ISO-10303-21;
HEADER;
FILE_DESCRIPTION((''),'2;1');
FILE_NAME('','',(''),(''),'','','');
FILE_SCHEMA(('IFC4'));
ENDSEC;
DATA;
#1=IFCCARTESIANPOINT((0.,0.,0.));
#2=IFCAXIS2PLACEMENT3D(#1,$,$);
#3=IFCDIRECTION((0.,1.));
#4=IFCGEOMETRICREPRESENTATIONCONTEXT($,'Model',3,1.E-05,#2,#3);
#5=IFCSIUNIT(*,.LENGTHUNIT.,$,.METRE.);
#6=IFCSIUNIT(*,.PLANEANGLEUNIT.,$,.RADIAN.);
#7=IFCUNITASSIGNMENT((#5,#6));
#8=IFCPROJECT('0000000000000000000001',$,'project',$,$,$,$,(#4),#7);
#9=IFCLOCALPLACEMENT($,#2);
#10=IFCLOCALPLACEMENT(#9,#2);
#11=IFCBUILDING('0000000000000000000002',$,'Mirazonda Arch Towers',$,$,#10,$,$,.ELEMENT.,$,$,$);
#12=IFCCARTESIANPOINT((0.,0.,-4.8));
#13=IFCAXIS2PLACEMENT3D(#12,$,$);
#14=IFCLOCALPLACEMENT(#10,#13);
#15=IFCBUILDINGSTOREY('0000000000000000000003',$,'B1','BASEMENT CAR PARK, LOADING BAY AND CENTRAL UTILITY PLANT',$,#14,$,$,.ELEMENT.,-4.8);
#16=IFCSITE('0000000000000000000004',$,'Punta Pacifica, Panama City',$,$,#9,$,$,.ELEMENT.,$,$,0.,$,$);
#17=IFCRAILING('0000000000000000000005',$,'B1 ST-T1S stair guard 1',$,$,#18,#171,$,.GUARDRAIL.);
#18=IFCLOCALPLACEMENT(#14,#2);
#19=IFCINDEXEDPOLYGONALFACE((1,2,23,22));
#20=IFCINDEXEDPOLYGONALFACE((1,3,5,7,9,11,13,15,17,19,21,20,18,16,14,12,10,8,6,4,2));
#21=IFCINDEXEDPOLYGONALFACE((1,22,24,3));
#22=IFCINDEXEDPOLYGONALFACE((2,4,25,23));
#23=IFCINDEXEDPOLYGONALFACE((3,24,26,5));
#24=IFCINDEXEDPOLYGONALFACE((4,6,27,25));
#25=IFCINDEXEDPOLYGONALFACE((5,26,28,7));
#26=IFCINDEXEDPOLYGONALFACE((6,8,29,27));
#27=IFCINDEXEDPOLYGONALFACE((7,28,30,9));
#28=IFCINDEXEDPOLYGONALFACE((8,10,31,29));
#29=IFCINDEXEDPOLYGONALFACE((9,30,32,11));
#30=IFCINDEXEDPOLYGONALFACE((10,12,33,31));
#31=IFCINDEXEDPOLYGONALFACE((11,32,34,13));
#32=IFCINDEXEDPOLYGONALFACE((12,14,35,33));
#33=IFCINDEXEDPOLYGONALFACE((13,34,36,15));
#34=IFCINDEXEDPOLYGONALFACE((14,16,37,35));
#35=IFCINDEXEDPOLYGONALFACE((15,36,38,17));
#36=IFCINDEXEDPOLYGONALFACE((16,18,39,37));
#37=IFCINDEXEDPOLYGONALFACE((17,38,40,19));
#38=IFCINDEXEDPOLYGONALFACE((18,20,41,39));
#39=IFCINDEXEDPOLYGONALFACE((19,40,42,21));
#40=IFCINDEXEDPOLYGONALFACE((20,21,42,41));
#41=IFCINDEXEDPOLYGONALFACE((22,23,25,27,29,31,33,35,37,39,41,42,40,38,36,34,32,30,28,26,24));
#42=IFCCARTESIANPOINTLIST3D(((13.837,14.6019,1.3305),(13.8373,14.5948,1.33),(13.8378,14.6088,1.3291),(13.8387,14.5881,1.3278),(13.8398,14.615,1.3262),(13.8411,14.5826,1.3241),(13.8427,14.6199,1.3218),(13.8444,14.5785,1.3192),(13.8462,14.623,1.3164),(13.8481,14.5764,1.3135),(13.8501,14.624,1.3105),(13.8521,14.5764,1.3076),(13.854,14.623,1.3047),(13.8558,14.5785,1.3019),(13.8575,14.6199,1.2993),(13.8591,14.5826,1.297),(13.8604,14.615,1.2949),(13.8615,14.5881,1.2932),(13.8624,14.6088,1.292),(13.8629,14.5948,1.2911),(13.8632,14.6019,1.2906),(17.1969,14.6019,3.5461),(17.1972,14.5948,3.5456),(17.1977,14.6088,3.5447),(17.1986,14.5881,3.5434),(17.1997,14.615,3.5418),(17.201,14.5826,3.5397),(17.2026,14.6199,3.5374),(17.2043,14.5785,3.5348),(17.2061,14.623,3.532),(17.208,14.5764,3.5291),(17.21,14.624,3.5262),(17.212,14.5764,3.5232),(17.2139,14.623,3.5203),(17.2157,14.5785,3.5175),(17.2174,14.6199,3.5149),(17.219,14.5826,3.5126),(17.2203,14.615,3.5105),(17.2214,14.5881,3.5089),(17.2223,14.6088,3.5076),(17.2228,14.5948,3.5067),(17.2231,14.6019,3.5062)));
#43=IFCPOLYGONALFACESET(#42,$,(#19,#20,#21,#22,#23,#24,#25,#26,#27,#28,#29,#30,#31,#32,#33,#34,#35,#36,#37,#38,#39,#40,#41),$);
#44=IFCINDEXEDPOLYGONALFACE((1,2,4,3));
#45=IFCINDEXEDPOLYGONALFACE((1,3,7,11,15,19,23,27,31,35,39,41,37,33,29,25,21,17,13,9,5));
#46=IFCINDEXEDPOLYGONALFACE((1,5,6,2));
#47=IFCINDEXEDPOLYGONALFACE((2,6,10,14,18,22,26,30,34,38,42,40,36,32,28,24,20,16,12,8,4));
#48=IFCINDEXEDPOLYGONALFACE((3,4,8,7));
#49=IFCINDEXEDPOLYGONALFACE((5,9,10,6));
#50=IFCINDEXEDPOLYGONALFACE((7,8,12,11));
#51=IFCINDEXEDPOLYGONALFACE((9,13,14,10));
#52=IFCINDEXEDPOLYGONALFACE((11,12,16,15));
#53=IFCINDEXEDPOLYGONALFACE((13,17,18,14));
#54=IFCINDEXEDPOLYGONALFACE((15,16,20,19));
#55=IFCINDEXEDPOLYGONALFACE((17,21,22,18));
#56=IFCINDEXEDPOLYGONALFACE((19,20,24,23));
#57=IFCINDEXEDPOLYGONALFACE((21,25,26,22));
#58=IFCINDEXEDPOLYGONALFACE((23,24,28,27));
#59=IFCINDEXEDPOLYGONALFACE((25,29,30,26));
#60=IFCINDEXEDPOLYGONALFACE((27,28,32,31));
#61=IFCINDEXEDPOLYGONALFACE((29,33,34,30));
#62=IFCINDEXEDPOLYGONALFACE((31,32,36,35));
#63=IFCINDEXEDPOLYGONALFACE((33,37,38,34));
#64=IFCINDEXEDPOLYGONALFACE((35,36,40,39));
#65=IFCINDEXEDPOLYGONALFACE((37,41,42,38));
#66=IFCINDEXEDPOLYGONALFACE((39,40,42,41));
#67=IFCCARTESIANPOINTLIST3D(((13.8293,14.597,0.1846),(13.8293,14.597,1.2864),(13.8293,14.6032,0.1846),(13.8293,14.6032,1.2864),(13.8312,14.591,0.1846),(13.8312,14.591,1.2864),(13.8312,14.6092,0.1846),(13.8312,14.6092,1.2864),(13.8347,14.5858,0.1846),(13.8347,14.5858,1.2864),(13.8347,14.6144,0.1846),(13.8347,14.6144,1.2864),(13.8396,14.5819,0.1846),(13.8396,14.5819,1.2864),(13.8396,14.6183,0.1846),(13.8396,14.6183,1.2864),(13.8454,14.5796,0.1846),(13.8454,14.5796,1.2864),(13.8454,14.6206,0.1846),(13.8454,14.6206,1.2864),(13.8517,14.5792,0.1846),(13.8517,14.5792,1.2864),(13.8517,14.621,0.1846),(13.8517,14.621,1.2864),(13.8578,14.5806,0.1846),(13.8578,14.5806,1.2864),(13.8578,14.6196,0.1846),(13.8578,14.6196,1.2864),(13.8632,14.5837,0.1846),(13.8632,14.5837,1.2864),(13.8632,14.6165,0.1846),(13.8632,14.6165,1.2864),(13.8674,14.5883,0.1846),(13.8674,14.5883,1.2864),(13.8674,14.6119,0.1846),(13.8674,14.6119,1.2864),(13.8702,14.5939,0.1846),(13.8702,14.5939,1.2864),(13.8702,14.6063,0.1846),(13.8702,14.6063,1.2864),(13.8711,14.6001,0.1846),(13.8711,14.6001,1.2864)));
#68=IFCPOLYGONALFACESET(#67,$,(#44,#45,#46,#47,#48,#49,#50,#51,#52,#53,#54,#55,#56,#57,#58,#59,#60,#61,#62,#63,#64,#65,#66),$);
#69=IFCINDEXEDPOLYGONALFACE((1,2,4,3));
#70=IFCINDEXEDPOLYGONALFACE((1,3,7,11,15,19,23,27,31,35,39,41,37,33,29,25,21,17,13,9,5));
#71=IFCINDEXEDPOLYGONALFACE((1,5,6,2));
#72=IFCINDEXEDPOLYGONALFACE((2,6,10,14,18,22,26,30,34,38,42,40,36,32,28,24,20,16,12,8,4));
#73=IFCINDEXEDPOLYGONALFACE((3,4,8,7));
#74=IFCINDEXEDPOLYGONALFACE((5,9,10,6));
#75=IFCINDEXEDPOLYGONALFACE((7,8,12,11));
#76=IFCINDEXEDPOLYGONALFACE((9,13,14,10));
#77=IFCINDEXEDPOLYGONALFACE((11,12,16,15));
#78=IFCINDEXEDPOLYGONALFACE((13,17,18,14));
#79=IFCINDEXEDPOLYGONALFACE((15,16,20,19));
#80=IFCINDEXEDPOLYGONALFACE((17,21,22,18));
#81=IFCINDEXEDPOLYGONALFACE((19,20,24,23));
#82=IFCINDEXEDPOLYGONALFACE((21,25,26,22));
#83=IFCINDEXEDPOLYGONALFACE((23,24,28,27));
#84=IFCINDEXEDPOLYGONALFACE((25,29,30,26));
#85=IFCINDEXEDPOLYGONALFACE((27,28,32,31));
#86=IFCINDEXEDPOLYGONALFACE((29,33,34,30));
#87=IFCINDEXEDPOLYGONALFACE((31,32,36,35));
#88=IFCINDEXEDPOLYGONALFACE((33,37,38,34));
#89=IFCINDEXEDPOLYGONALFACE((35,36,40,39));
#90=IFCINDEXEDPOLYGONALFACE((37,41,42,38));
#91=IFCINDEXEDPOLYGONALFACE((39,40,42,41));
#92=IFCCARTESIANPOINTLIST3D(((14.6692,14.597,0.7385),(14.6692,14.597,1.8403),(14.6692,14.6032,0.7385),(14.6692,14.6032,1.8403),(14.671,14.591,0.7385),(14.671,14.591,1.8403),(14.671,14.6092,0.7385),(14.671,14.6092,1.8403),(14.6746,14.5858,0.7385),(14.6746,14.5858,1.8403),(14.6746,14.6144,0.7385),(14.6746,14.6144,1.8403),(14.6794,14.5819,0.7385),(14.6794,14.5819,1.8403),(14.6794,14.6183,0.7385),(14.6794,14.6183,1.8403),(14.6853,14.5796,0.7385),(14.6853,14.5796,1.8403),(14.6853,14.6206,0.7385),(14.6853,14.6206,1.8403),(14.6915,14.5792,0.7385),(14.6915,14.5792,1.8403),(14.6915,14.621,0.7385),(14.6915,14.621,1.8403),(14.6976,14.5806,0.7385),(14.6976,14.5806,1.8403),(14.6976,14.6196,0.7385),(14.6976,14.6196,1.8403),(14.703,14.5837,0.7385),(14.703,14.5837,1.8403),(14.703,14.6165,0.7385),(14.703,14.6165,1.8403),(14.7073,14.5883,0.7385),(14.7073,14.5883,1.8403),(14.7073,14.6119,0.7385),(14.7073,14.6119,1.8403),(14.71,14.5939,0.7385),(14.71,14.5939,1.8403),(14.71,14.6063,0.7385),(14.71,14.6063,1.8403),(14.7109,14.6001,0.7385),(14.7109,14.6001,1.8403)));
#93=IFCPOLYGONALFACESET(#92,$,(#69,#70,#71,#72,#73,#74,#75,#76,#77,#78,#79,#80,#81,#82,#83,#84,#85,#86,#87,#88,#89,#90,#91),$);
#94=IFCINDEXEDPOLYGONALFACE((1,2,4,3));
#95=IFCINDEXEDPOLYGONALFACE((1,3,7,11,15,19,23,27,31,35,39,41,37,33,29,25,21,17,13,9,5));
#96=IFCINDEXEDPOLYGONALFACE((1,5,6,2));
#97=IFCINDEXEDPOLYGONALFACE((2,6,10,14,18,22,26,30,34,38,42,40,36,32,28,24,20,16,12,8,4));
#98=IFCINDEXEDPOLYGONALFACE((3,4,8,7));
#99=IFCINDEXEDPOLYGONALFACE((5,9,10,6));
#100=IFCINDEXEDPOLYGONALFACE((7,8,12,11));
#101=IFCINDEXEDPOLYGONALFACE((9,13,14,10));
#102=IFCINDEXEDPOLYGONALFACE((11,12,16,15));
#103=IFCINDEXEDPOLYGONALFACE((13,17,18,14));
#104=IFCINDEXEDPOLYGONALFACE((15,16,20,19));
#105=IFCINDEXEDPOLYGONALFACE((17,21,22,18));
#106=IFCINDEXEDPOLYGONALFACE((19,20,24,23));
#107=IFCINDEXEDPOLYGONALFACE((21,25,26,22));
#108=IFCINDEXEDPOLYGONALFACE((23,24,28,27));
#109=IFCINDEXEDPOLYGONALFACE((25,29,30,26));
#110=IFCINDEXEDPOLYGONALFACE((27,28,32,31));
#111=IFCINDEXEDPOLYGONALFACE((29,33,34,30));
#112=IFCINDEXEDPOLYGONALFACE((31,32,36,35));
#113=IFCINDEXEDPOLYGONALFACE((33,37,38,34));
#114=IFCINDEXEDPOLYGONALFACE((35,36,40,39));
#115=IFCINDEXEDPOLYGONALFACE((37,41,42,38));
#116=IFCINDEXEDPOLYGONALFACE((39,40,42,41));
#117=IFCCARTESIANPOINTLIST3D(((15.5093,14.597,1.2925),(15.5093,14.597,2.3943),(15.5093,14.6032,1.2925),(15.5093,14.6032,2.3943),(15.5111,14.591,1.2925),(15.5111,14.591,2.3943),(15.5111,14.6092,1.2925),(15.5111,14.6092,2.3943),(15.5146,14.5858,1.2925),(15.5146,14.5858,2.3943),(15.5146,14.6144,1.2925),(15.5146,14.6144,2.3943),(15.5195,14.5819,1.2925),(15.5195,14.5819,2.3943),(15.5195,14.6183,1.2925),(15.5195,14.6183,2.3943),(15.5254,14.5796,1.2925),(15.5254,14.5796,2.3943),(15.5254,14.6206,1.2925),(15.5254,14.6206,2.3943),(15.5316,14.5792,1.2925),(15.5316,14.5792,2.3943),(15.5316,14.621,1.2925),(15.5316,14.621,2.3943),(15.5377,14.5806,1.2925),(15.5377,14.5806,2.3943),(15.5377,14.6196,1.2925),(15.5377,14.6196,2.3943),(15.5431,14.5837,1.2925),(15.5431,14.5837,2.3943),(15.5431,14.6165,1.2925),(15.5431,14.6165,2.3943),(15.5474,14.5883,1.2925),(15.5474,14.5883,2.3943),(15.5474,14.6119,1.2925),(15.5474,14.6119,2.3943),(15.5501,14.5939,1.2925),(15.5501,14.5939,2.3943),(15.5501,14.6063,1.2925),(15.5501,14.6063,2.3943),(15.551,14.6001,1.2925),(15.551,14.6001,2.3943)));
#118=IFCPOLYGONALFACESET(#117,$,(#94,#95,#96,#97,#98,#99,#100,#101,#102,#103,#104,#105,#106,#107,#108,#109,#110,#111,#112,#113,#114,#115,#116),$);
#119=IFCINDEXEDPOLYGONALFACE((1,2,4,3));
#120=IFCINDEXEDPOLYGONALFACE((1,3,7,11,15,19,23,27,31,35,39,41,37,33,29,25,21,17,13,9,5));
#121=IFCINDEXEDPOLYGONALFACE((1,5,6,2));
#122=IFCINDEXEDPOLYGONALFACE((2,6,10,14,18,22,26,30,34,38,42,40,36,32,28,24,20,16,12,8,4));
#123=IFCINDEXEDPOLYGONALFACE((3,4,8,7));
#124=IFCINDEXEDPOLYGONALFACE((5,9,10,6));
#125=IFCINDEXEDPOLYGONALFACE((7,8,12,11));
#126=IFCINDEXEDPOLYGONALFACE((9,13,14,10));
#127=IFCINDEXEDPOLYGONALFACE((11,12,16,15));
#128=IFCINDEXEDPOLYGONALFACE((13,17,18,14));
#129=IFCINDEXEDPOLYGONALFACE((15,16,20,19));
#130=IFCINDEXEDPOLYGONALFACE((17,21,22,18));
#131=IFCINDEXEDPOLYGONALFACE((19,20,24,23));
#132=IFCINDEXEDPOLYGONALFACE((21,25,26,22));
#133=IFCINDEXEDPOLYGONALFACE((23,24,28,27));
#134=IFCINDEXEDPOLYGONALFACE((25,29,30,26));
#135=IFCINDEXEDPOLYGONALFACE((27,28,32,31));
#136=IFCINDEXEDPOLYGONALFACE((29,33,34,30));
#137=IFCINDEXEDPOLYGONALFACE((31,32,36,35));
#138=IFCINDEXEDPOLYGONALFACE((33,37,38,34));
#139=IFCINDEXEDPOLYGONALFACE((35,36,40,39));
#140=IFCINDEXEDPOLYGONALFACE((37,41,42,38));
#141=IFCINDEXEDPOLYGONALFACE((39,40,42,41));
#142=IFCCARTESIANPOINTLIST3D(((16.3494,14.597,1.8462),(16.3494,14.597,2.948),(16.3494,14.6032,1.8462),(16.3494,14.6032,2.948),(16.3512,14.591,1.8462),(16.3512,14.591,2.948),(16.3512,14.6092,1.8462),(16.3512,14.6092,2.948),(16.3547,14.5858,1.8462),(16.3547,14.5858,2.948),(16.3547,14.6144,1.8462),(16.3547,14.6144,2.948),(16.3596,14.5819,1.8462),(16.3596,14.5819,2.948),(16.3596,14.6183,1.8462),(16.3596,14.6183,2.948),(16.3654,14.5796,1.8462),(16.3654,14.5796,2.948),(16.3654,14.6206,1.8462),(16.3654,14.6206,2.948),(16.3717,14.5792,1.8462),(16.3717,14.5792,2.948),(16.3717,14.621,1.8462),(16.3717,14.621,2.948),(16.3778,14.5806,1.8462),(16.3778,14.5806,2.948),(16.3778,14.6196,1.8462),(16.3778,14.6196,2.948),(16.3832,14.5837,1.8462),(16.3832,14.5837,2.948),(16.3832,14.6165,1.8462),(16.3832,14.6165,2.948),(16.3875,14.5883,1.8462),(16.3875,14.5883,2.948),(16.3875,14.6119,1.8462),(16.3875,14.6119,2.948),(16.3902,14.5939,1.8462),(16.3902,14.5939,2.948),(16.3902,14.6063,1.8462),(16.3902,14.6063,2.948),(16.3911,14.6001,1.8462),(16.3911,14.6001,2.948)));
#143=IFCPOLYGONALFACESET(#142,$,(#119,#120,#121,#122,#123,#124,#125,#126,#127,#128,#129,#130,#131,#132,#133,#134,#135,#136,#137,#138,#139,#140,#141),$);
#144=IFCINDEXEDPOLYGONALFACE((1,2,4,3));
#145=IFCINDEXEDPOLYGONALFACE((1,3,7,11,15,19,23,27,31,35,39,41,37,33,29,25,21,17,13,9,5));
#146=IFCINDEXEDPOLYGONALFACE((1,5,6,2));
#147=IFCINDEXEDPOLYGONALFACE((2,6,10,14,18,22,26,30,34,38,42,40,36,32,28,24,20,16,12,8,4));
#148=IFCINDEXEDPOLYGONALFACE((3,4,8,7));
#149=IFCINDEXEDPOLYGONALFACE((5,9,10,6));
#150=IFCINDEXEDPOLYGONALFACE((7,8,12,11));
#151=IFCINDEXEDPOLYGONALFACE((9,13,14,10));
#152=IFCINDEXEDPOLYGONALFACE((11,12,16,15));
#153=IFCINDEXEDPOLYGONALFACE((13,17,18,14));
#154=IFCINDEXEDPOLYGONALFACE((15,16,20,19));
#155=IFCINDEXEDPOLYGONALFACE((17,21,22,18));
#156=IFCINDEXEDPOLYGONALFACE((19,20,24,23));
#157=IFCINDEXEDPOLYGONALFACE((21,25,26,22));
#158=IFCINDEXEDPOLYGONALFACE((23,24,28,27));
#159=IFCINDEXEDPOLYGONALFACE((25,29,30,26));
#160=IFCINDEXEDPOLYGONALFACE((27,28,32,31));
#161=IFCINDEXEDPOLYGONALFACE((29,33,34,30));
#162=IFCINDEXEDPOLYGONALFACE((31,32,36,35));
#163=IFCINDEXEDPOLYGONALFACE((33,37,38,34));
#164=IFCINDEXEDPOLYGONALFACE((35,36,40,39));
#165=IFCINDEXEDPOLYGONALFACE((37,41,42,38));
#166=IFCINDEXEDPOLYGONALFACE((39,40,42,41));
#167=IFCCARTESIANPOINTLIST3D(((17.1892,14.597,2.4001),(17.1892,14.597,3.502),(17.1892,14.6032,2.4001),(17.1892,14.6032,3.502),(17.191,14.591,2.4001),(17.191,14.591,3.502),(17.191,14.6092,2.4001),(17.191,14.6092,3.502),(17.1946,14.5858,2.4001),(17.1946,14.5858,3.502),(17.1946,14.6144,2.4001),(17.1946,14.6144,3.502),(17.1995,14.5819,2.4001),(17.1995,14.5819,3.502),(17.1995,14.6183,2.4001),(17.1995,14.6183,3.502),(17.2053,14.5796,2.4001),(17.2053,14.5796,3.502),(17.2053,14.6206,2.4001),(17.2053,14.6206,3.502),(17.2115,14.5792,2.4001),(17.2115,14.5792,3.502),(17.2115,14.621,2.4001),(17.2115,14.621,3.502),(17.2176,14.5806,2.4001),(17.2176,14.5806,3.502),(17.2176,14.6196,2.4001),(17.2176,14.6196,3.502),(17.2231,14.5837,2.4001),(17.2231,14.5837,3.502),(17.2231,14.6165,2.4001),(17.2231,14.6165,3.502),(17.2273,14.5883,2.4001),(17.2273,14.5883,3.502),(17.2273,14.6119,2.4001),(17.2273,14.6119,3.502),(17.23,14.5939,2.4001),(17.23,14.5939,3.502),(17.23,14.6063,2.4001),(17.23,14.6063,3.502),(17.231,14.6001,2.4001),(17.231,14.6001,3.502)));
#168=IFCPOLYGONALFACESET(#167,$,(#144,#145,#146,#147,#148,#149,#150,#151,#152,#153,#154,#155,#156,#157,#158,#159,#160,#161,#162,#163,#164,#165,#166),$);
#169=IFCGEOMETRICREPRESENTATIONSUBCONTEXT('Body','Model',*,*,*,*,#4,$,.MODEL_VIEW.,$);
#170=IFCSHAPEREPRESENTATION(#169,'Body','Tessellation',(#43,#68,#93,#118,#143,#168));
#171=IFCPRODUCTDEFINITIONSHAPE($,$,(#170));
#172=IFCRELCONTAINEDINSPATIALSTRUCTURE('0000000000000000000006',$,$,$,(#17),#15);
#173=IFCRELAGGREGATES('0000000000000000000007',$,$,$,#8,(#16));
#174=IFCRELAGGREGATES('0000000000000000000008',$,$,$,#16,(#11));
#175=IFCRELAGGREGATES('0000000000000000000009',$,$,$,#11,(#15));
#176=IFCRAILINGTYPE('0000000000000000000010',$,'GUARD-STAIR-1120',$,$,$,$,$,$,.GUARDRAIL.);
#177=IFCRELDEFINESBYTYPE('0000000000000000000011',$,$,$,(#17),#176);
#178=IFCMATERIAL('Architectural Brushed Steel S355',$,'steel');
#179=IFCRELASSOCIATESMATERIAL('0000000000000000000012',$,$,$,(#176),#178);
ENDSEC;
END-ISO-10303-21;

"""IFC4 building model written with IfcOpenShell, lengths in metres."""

from ifc_helpers import new_model, si_unit, direction, frame, origin, origin_2d, place, context, subcontext, project, spatial, circle, extrude, material, type_object, element, save


model = new_model("IFC4")

# Units and contexts
model_context = context("Model", 3, precision=1e-05, world=origin(), true_north=direction((0.0, 1.0)))
body_context = subcontext(model_context, "Body", "Model", "MODEL_VIEW")
ifc_project = project(units=[si_unit("LENGTHUNIT", "METRE"), si_unit("PLANEANGLEUNIT", "RADIAN")], contexts=[model_context])

# Site, building, storey
site_placement = place(None, origin())
site = spatial("IfcSite", under=ifc_project, at=site_placement, Name="Punta Pacifica, Panama City", CompositionType="ELEMENT", RefElevation=0.0)
building_placement = place(site_placement, origin())
building = spatial("IfcBuilding", under=site, at=building_placement, Name="Mirazonda Arch Towers", CompositionType="ELEMENT")
storey_placement = place(building_placement, frame((0.0, 0.0, -4.8)))
storey = spatial("IfcBuildingStorey", under=building, at=storey_placement, Name="B1", Description="BASEMENT CAR PARK, LOADING BAY AND CENTRAL UTILITY PLANT", CompositionType="ELEMENT", Elevation=-4.8)

# Shared definitions
ifc_material_1 = material(Name="Architectural Brushed Steel S355", Category="steel")

# Railing
railing_type_1 = type_object("IfcRailingType", Name="GUARD-STAIR-1120", PredefinedType="GUARDRAIL", material=ifc_material_1)
railing_1_placement = place(storey_placement, frame((13.8501, 14.6001, 0.1846)))
element("IfcRailing", 1, at=railing_1_placement, inside=storey, type_object=railing_type_1, Name="B1 ST-T1S stair guard 1", PredefinedType="GUARDRAIL", context=body_context, shape_type="SweptSolid", body=[
    extrude(circle(Radius=0.0239, at=origin_2d()), frame((0.0, 0.0, 1.126), z_axis=(0.83483, 0.0, 0.550508), x_axis=(0.0, 1.0, 0.0)), (0.0, 0.0, 1.0), 4.0247),
    extrude(circle(Radius=0.021, at=origin_2d()), origin(), (0.0, 0.0, 1.0), 1.1018),
    extrude(circle(Radius=0.021, at=origin_2d()), frame((0.8398, 0.0, 0.554)), (0.0, 0.0, 1.0), 1.1018),
    extrude(circle(Radius=0.021, at=origin_2d()), frame((1.6799, 0.0, 1.1079)), (0.0, 0.0, 1.0), 1.1018),
    extrude(circle(Radius=0.021, at=origin_2d()), frame((2.52, 0.0, 1.6616)), (0.0, 0.0, 1.0), 1.1018),
    extrude(circle(Radius=0.021, at=origin_2d()), frame((3.3599, 0.0, 2.2156)), (0.0, 0.0, 1.0), 1.1018),
])

save(model, "model.ifc")
